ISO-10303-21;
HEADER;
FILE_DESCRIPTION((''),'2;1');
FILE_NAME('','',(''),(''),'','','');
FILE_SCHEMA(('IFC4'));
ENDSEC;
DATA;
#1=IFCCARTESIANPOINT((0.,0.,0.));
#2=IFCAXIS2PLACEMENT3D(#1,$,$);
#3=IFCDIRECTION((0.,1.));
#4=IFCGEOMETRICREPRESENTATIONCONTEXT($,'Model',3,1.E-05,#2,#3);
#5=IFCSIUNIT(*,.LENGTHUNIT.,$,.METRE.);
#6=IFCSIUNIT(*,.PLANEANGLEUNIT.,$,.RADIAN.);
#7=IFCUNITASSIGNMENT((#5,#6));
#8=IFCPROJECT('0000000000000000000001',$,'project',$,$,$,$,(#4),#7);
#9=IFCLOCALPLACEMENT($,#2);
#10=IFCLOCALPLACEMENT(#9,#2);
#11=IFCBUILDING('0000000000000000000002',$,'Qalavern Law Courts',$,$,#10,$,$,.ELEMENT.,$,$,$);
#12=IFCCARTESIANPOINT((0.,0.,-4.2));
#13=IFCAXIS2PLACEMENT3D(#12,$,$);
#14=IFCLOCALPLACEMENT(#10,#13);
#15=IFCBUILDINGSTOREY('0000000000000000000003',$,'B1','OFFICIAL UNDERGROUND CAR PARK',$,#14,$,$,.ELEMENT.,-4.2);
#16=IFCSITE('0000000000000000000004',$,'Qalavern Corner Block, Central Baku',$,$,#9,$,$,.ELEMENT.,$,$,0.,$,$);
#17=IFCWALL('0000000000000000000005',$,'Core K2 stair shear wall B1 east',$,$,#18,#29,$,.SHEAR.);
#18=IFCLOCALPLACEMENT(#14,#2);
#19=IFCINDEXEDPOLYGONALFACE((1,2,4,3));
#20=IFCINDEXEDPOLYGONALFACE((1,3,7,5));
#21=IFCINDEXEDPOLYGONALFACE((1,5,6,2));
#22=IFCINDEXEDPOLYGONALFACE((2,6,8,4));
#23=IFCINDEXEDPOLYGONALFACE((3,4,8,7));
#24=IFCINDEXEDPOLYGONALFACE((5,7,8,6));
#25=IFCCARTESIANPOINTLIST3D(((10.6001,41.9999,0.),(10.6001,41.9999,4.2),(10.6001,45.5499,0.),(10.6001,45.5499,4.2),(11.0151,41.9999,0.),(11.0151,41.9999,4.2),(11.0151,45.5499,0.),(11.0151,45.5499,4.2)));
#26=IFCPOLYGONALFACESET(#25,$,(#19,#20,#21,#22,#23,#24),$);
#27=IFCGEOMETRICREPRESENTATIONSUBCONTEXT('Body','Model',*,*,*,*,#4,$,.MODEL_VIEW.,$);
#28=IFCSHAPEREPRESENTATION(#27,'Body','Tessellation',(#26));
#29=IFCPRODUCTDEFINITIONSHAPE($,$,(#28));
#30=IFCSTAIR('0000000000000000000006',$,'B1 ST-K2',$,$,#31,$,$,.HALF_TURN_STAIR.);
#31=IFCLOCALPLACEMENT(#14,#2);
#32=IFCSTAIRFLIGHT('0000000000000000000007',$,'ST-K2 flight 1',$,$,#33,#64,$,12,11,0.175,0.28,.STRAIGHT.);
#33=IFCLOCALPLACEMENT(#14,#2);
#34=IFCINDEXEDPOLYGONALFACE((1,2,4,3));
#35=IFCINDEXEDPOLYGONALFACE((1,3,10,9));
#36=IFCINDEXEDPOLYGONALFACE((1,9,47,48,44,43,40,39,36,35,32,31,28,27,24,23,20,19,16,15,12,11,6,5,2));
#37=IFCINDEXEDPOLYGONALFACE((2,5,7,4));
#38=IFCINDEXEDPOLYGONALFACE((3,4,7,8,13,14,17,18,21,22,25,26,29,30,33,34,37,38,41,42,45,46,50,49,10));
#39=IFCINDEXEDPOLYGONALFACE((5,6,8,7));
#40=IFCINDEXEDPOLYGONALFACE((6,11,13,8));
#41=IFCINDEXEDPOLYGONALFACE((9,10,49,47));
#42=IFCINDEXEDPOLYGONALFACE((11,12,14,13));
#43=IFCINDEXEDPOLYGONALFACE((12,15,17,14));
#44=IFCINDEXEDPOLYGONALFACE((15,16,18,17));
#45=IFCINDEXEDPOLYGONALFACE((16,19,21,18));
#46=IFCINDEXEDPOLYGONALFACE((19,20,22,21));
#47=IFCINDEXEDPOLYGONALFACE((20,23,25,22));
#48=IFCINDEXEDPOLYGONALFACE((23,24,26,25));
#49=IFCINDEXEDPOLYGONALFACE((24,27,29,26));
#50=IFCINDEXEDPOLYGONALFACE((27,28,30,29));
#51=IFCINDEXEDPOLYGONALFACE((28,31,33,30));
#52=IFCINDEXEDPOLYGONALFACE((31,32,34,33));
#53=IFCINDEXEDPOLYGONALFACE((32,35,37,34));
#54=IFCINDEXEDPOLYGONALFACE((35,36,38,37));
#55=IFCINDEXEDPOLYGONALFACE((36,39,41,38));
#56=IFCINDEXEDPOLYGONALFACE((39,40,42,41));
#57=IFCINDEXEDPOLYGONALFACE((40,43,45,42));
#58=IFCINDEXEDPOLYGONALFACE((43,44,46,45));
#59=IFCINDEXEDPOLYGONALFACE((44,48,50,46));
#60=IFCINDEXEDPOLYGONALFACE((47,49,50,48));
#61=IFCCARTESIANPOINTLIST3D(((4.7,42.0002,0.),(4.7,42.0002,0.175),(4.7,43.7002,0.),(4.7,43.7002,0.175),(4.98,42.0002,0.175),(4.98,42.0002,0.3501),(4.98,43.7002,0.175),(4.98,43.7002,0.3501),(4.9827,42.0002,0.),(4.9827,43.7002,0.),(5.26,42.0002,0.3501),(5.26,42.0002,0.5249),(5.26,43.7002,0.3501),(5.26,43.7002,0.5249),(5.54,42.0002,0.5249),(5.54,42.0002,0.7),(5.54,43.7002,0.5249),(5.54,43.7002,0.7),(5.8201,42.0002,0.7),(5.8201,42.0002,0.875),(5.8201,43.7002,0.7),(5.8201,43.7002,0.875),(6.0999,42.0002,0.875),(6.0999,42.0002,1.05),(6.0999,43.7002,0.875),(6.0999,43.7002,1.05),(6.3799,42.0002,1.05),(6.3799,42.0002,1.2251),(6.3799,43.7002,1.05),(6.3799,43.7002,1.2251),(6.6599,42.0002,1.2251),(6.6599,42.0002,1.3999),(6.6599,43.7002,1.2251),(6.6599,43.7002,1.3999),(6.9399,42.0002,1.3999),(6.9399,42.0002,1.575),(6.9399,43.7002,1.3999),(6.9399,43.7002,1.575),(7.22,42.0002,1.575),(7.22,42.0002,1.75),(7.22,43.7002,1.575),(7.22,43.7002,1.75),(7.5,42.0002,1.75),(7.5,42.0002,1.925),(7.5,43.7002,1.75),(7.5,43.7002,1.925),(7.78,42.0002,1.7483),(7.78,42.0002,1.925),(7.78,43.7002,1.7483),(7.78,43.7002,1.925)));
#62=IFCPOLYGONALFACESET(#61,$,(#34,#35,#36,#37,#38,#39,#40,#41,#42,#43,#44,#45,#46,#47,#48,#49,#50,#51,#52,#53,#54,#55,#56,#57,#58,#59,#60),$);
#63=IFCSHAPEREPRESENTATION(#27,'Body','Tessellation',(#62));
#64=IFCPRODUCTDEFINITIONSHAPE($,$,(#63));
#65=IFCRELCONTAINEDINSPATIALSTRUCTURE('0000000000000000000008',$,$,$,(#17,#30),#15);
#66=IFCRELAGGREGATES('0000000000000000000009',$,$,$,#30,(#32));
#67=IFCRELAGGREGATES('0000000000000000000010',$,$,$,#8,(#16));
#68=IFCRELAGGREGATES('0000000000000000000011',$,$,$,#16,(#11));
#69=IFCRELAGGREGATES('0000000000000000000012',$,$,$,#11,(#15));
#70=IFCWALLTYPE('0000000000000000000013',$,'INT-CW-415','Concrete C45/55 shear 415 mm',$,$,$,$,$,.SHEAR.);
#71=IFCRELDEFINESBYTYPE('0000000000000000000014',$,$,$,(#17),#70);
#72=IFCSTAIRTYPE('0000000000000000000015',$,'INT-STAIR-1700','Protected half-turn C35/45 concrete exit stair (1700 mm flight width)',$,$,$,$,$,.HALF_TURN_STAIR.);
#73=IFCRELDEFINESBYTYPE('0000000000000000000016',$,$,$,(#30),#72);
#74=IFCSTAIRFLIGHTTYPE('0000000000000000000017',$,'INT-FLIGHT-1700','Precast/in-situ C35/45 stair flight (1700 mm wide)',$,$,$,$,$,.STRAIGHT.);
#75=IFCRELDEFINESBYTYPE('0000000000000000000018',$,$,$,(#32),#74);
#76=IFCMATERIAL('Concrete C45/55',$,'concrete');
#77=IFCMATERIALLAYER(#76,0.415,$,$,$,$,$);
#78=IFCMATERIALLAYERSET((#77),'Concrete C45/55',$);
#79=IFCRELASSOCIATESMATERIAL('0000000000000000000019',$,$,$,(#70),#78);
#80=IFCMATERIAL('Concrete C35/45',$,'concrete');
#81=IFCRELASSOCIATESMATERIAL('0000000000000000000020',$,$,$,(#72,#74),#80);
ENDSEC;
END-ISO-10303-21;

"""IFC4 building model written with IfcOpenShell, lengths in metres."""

from ifc_helpers import new_model, si_unit, direction, frame, frame_2d, origin, place, context, subcontext, project, spatial, polyline, rectangle, outline, extrude, material, layer, layer_set, type_object, element, aggregate, save


model = new_model("IFC4")

# Units and contexts
model_context = context("Model", 3, precision=1e-05, world=origin(), true_north=direction((0.0, 1.0)))
body_context = subcontext(model_context, "Body", "Model", "MODEL_VIEW")
ifc_project = project(units=[si_unit("LENGTHUNIT", "METRE"), si_unit("PLANEANGLEUNIT", "RADIAN")], contexts=[model_context])

# Site, building, storey
site_placement = place(None, origin())
site = spatial("IfcSite", under=ifc_project, at=site_placement, Name="Qalavern Corner Block, Central Baku", CompositionType="ELEMENT", RefElevation=0.0)
building_placement = place(site_placement, origin())
building = spatial("IfcBuilding", under=site, at=building_placement, Name="Qalavern Law Courts", CompositionType="ELEMENT")
storey_placement = place(building_placement, frame((0.0, 0.0, -4.2)))
storey = spatial("IfcBuildingStorey", under=building, at=storey_placement, Name="B1", Description="OFFICIAL UNDERGROUND CAR PARK", CompositionType="ELEMENT", Elevation=-4.2)

# Shared definitions
ifc_material_1 = material(Name="Concrete C45/55", Category="concrete")

# Shared definitions
ifc_material_2 = material(Name="Concrete C35/45", Category="concrete")

# Wall
ifc_layer_1 = layer(ifc_material_1, 0.415)
ifc_layer_set_1 = layer_set([ifc_layer_1], Name="Concrete C45/55")
wall_type_1 = type_object("IfcWallType", Name="INT-CW-415", Description="Concrete C45/55 shear 415 mm", PredefinedType="SHEAR", material=ifc_layer_set_1)
wall_1_placement = place(storey_placement, frame((10.8076, 42.0, 0.0), z_axis=(0.0, 0.0, 1.0), x_axis=(0.0, 1.0, 0.0)))
element("IfcWall", 1, at=wall_1_placement, inside=storey, type_object=wall_type_1, Name="Core K2 stair shear wall B1 east", PredefinedType="SHEAR", context=body_context, shape_type="SweptSolid", body=[
    extrude(rectangle(XDim=3.55, YDim=0.415, at=frame_2d((1.7749, 0.0))), origin(), (0.0, 0.0, 1.0), 4.2),
])

# Stair, stair flight
stair_type = type_object("IfcStairType", Name="INT-STAIR-1700", Description="Protected half-turn C35/45 concrete exit stair (1700 mm flight width)", PredefinedType="HALF_TURN_STAIR", material=ifc_material_2)
stair_placement = place(storey_placement, origin())
stair = element("IfcStair", 2, at=stair_placement, inside=storey, type_object=stair_type, Name="B1 ST-K2", PredefinedType="HALF_TURN_STAIR")
stair_flight_type = type_object("IfcStairFlightType", Name="INT-FLIGHT-1700", Description="Precast/in-situ C35/45 stair flight (1700 mm wide)", PredefinedType="STRAIGHT", material=ifc_material_2)
stair_flight_placement = place(storey_placement, frame((4.7, 42.8501, 0.0), z_axis=(0.0, 0.0, 1.0), x_axis=(1.0, 0.0, 0.0)))
stair_flight = element("IfcStairFlight", 3, at=stair_flight_placement, type_object=stair_flight_type, Name="ST-K2 flight 1", NumberOfRisers=12, NumberOfTreads=11, PredefinedType="STRAIGHT", RiserHeight=0.175, TreadLength=0.28, context=body_context, shape_type="SweptSolid", body=[
    extrude(outline(polyline([(0.0, 0.0), (0.0, 0.175), (0.28, 0.175), (0.28, 0.3501), (0.5601, 0.3501), (0.5601, 0.5249), (0.8401, 0.5249), (0.8401, 0.7), (1.1201, 0.7), (1.1201, 0.875), (1.3999, 0.875), (1.3999, 1.05), (1.6799, 1.05), (1.6799, 1.2251), (1.96, 1.2251), (1.96, 1.3999), (2.24, 1.3999), (2.24, 1.575), (2.52, 1.575), (2.52, 1.75), (2.8, 1.75), (2.8, 1.925), (3.0801, 1.925), (3.0801, 2.1001), (3.0801, 1.7483), (0.2827, 0.0), (0.0, 0.0)])), frame((0.0, 0.8501, 0.0), z_axis=(0.0, -1.0, 0.0), x_axis=(1.0, 0.0, 0.0)), (0.0, 0.0, 1.0), 1.7),
])
aggregate(stair, [stair_flight])

save(model, "model.ifc")
